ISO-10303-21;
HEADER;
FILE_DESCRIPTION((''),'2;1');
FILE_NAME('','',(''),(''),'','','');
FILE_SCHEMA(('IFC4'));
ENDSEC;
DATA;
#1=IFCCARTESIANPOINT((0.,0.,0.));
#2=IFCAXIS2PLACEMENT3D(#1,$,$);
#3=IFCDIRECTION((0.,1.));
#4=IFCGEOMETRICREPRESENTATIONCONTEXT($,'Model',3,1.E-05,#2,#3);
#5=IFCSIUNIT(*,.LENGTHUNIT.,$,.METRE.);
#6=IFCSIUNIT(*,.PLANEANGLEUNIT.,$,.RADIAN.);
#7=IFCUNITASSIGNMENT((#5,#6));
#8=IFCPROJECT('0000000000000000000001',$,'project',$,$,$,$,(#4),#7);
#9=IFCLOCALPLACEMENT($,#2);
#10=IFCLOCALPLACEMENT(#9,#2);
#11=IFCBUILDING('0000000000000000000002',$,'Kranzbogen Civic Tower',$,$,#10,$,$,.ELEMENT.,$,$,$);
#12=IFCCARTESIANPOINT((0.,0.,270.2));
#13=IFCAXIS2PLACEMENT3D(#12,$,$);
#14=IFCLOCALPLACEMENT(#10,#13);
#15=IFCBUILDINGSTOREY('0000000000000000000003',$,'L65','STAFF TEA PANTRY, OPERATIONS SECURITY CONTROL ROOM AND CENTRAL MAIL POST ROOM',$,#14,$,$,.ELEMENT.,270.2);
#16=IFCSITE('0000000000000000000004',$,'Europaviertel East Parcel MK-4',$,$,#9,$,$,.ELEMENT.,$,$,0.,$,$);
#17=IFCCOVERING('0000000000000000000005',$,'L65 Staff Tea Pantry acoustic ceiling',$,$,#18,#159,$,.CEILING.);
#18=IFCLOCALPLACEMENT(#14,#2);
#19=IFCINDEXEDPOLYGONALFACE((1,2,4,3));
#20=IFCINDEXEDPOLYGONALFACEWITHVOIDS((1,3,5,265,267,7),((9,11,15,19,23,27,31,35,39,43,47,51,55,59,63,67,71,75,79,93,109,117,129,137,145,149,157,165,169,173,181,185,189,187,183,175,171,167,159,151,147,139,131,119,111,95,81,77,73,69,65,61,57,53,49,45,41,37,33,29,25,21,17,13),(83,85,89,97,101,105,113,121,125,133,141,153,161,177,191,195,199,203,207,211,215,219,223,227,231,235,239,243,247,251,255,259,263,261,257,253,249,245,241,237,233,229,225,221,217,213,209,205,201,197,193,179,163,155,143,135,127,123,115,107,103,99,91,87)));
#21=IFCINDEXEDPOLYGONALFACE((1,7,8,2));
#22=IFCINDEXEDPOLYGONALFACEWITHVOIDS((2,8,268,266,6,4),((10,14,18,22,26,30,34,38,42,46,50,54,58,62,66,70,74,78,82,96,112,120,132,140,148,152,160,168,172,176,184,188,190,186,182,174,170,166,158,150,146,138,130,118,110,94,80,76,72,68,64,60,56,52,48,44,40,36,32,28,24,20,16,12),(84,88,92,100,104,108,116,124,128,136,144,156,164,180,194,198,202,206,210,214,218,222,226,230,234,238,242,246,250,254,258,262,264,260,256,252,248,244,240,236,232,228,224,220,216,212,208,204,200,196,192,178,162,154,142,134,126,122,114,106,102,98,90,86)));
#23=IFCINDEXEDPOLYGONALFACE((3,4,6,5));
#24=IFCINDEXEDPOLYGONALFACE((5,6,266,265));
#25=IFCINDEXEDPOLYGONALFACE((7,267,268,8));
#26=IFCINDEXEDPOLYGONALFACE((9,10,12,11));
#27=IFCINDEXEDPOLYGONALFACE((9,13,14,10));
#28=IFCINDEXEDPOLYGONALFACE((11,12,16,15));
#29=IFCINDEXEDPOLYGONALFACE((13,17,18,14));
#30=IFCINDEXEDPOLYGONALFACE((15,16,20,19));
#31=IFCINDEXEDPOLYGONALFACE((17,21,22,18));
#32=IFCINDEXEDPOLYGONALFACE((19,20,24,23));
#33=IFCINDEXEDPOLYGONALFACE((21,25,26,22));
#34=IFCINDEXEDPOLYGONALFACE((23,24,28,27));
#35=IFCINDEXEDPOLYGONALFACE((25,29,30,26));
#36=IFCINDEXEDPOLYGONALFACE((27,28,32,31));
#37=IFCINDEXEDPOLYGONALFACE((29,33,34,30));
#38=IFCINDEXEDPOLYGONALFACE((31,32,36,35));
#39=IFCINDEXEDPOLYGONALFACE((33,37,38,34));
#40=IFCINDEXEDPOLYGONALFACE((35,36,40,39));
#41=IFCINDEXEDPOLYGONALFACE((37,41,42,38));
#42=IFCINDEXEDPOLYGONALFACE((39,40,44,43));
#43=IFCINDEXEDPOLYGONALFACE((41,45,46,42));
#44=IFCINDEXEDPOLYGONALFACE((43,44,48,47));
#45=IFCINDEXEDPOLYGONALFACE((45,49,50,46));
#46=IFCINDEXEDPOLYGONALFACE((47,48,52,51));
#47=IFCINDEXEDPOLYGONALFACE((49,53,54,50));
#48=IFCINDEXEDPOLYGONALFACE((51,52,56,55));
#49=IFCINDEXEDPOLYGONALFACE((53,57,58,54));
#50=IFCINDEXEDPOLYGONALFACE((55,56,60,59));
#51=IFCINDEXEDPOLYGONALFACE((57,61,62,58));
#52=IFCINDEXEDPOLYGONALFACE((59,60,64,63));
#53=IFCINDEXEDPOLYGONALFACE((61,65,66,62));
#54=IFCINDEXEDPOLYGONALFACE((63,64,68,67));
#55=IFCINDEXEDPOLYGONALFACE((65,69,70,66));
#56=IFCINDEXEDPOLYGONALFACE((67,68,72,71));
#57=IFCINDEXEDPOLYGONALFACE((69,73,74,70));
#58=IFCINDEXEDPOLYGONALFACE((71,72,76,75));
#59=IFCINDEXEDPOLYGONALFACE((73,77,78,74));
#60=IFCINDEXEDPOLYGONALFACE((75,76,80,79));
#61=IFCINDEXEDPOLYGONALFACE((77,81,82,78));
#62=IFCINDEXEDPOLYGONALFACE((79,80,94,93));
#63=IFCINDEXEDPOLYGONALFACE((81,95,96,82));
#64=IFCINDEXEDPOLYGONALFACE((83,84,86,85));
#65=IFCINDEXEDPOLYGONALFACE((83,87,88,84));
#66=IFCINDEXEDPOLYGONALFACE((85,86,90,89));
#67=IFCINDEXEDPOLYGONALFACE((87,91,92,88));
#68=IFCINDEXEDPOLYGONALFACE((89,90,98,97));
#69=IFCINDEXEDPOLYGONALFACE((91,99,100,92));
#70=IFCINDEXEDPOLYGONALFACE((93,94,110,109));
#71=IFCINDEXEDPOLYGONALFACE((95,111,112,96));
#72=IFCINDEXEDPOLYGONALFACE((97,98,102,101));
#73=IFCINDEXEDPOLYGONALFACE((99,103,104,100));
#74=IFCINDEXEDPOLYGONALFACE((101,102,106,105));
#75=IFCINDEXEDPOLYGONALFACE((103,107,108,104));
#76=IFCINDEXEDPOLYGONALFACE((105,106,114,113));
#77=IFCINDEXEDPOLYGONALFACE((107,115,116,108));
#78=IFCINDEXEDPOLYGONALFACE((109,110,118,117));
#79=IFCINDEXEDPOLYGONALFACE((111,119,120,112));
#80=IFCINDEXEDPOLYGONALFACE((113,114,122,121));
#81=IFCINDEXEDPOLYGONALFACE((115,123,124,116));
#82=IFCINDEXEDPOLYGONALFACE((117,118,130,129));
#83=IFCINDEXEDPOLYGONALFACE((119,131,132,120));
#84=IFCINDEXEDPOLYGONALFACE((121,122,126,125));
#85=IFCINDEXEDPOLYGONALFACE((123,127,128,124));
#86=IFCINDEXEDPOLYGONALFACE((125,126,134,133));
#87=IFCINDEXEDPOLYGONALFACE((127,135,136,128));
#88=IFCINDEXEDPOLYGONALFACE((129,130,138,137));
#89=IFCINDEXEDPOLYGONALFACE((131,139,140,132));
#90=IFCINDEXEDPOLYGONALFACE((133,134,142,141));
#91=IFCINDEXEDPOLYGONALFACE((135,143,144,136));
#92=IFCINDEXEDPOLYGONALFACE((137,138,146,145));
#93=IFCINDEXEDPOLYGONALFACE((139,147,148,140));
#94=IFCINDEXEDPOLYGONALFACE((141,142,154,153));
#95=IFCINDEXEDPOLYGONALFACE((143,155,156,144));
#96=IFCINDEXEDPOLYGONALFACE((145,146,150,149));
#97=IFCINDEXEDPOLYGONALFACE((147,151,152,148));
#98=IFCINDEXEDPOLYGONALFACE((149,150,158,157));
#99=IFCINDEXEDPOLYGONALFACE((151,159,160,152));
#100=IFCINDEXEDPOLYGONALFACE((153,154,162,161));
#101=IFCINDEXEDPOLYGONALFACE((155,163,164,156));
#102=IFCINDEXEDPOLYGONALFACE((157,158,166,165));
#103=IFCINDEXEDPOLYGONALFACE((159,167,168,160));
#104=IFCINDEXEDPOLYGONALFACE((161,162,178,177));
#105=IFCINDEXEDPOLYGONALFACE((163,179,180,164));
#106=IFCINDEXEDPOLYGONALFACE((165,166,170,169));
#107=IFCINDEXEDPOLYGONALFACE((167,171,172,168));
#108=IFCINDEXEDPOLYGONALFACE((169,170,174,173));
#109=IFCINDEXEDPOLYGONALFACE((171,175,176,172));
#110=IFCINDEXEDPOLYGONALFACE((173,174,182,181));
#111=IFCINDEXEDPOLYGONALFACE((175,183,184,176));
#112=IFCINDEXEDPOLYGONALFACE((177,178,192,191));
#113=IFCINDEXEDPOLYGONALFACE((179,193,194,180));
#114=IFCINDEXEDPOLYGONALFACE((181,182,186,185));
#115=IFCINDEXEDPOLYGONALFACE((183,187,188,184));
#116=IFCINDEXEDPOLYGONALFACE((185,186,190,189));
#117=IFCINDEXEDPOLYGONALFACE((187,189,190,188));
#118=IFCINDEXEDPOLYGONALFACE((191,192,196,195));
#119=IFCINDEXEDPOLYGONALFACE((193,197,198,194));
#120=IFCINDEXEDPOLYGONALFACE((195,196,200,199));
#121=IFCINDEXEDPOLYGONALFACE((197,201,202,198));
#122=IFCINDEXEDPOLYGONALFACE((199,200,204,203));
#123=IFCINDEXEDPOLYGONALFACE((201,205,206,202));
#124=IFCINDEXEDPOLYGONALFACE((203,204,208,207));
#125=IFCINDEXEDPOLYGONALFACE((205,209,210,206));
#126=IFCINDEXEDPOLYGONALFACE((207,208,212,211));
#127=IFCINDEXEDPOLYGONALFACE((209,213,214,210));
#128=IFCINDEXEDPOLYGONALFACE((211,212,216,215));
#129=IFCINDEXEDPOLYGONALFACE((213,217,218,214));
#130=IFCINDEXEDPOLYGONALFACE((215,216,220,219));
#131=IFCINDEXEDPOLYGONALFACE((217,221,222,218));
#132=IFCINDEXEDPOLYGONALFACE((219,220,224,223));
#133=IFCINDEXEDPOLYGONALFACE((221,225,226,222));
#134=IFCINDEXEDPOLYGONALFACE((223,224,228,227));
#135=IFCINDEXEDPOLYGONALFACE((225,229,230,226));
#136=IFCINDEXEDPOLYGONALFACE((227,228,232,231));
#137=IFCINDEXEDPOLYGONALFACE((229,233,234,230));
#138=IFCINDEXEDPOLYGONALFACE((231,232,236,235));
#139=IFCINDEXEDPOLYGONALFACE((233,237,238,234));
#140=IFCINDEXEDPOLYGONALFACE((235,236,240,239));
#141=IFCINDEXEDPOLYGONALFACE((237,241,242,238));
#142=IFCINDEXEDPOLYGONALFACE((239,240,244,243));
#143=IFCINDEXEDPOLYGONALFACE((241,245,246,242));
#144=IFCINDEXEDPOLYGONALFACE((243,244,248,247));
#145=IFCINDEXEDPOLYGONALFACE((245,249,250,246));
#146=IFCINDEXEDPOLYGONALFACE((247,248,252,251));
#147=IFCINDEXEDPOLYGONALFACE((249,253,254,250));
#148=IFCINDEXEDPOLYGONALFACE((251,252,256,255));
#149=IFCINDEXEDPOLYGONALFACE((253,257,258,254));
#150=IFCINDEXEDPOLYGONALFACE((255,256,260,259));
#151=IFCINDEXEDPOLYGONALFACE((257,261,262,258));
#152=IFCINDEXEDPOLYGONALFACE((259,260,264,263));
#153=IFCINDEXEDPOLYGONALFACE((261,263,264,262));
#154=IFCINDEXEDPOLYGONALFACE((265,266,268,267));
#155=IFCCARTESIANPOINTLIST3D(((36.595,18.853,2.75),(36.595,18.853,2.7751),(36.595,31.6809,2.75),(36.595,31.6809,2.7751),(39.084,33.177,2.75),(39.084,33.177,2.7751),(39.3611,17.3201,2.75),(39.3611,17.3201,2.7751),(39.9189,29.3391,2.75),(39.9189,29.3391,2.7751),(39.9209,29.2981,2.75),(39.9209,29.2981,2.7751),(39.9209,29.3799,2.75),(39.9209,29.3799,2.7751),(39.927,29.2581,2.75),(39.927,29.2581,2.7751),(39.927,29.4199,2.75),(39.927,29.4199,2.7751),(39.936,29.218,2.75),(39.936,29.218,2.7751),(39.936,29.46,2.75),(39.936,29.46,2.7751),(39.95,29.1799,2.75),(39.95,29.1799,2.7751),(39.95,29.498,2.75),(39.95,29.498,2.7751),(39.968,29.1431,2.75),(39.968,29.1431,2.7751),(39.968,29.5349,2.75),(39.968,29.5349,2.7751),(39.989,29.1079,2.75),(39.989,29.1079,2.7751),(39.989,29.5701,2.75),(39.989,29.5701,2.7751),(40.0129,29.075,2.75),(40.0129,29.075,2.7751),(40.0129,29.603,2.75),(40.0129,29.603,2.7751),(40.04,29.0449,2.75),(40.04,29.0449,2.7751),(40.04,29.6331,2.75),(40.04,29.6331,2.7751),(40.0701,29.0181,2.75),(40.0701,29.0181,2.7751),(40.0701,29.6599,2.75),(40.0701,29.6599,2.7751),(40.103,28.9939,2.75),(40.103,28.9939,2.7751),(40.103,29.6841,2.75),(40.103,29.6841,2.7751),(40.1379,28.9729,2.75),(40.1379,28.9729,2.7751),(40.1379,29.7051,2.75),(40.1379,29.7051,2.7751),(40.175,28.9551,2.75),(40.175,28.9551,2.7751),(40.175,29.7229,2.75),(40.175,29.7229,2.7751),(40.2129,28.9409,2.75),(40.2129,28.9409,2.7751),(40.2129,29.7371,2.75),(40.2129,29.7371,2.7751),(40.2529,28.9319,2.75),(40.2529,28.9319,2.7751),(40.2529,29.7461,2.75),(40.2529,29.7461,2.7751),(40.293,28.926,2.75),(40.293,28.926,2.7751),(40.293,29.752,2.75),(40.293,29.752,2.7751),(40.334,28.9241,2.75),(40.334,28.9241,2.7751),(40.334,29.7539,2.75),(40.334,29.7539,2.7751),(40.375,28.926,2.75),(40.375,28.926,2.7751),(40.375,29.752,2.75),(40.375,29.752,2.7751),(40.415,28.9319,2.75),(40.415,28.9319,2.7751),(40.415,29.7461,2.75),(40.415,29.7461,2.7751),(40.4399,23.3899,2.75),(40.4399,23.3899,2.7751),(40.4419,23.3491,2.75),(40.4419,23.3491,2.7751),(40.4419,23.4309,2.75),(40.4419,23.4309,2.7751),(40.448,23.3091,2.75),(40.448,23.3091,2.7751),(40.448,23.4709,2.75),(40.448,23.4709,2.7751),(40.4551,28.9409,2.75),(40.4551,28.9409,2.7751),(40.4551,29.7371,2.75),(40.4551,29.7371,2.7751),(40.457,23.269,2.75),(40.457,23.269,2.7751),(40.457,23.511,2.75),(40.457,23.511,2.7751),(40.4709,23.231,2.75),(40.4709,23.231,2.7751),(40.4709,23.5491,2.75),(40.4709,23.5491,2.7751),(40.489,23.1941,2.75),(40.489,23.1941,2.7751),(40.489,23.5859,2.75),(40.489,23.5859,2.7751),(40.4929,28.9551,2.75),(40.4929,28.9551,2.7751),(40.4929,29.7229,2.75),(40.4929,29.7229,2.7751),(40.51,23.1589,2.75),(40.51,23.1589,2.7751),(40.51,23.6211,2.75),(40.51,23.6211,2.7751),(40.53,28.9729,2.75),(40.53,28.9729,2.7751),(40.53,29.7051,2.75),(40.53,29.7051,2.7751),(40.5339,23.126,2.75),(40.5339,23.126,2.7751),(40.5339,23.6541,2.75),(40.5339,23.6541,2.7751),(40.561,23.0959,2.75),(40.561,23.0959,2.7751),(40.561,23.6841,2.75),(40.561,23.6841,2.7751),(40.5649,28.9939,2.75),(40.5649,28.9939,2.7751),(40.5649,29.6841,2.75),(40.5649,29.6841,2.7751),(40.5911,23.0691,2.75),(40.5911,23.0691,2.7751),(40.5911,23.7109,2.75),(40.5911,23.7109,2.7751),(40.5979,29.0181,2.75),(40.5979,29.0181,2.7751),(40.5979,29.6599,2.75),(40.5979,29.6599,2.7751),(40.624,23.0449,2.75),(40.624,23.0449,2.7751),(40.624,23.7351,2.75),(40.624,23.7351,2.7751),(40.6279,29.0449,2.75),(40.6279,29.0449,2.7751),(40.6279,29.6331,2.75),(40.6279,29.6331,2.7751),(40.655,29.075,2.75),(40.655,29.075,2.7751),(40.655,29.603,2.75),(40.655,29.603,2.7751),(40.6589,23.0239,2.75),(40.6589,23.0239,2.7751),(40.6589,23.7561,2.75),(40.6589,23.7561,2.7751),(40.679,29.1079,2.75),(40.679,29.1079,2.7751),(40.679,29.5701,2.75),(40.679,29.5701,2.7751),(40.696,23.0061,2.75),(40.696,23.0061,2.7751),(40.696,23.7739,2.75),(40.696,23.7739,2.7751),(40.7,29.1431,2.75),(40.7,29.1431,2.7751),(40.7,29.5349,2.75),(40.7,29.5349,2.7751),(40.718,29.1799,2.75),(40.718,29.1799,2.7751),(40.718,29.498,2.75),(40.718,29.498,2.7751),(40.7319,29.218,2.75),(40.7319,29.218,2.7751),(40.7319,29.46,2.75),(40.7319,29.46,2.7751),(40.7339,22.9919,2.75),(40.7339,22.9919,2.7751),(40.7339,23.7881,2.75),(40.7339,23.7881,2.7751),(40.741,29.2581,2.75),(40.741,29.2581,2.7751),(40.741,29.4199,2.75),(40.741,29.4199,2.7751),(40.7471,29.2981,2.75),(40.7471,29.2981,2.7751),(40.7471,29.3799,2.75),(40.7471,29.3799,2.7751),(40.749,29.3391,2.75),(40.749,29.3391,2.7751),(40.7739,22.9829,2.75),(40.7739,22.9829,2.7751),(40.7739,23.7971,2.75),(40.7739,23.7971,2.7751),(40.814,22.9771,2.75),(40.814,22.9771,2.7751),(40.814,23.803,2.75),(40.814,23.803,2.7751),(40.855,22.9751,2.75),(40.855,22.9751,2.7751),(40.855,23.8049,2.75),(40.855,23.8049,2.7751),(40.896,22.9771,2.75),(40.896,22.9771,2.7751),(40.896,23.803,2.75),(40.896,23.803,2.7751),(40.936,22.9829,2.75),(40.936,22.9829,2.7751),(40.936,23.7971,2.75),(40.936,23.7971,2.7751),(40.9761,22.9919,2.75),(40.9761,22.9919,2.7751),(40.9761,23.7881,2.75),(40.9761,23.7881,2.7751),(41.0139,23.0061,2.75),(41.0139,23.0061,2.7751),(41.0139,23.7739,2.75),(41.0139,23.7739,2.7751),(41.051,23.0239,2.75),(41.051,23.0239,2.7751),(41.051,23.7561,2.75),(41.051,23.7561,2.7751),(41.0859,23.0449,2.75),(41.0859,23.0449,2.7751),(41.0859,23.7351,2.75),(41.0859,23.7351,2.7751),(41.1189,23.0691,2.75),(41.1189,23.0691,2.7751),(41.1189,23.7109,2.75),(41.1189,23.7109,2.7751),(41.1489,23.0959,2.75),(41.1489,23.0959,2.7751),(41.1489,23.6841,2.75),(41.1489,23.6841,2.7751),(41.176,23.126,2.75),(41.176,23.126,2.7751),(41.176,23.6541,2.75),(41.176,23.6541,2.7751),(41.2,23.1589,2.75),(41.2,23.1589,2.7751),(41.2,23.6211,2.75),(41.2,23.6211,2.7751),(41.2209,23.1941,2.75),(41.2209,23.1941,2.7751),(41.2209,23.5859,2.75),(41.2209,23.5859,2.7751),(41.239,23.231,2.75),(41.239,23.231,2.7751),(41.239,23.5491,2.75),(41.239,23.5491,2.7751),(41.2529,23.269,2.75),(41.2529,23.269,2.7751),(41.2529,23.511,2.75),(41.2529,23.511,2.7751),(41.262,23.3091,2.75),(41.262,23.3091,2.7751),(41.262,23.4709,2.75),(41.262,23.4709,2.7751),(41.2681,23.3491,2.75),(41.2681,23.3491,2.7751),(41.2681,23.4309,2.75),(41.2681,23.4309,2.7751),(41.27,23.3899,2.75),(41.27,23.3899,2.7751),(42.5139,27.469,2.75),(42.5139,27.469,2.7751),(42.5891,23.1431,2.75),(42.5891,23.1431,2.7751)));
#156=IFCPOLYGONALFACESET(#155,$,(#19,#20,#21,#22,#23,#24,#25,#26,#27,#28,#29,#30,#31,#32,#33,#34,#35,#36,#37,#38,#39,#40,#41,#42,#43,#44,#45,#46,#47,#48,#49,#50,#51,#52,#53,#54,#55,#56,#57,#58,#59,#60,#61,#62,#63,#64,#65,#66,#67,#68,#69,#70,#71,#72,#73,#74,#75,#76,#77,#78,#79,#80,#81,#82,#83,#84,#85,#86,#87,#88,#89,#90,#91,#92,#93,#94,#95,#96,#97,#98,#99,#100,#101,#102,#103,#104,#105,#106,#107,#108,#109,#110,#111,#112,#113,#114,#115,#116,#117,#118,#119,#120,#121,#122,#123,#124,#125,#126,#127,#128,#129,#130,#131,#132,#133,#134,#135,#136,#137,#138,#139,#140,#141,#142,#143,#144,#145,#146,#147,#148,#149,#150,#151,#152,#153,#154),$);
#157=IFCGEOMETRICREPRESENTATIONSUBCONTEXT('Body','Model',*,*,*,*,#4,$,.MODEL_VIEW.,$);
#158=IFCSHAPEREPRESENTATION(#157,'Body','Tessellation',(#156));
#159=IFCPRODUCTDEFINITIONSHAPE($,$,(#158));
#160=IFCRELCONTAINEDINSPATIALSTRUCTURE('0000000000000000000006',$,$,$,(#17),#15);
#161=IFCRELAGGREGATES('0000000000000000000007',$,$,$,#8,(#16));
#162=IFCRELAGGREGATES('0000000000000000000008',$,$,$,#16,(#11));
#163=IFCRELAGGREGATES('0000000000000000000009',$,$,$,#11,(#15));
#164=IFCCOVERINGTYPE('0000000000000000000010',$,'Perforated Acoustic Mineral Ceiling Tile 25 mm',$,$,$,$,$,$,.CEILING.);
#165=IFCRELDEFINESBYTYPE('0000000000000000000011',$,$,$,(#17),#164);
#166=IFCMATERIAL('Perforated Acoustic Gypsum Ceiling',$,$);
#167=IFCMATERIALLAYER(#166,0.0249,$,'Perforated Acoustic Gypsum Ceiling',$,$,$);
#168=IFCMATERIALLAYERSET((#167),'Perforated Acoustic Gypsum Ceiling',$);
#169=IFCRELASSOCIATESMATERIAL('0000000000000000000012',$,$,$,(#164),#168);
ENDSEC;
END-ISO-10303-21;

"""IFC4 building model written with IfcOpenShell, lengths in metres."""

from ifc_helpers import new_model, si_unit, direction, frame, origin, place, context, subcontext, project, spatial, polyline, outline, extrude, material, layer, layer_set, type_object, element, save


model = new_model("IFC4")

# Units and contexts
model_context = context("Model", 3, precision=1e-05, world=origin(), true_north=direction((0.0, 1.0)))
body_context = subcontext(model_context, "Body", "Model", "MODEL_VIEW")
ifc_project = project(units=[si_unit("LENGTHUNIT", "METRE"), si_unit("PLANEANGLEUNIT", "RADIAN")], contexts=[model_context])

# Site, building, storey
site_placement = place(None, origin())
site = spatial("IfcSite", under=ifc_project, at=site_placement, Name="Europaviertel East Parcel MK-4", CompositionType="ELEMENT", RefElevation=0.0)
building_placement = place(site_placement, origin())
building = spatial("IfcBuilding", under=site, at=building_placement, Name="Kranzbogen Civic Tower", CompositionType="ELEMENT")
storey_placement = place(building_placement, frame((0.0, 0.0, 270.2)))
storey = spatial("IfcBuildingStorey", under=building, at=storey_placement, Name="L65", Description="STAFF TEA PANTRY, OPERATIONS SECURITY CONTROL ROOM AND CENTRAL MAIL POST ROOM", CompositionType="ELEMENT", Elevation=270.2)

# Covering
ifc_material_1 = material(Name="Perforated Acoustic Gypsum Ceiling")
ifc_layer_1 = layer(ifc_material_1, 0.0249, Name="Perforated Acoustic Gypsum Ceiling")
ifc_layer_set_1 = layer_set([ifc_layer_1], Name="Perforated Acoustic Gypsum Ceiling")
covering_type_1 = type_object("IfcCoveringType", Name="Perforated Acoustic Mineral Ceiling Tile 25 mm", PredefinedType="CEILING", material=ifc_layer_set_1)
covering_1_placement = place(storey_placement, frame((0.0, 0.0, 2.75)))
element("IfcCovering", 1, at=covering_1_placement, inside=storey, type_object=covering_type_1, Name="L65 Staff Tea Pantry acoustic ceiling", PredefinedType="CEILING", context=body_context, shape_type="SweptSolid", body=[
    extrude(outline(polyline([(42.5891, 23.1431), (39.3611, 17.3201), (36.595, 18.853), (36.595, 31.6809), (39.084, 33.177), (42.5139, 27.469), (42.5891, 23.1431)]), holes=[polyline([(41.239, 23.231), (41.2209, 23.1941), (41.2, 23.1589), (41.176, 23.126), (41.1489, 23.0959), (41.1189, 23.0691), (41.0859, 23.0449), (41.051, 23.0239), (41.0139, 23.0061), (40.9761, 22.9919), (40.936, 22.9829), (40.896, 22.9771), (40.855, 22.9751), (40.814, 22.9771), (40.7739, 22.9829), (40.7339, 22.9919), (40.696, 23.0061), (40.6589, 23.0239), (40.624, 23.0449), (40.5911, 23.0691), (40.561, 23.0959), (40.5339, 23.126), (40.51, 23.1589), (40.489, 23.1941), (40.4709, 23.231), (40.457, 23.269), (40.448, 23.3091), (40.4419, 23.3491), (40.4399, 23.3899), (40.4419, 23.4309), (40.448, 23.4709), (40.457, 23.511), (40.4709, 23.5491), (40.489, 23.5859), (40.51, 23.6211), (40.5339, 23.6541), (40.561, 23.6841), (40.5911, 23.7109), (40.624, 23.7351), (40.6589, 23.7561), (40.696, 23.7739), (40.7339, 23.7881), (40.7739, 23.7971), (40.814, 23.803), (40.855, 23.8049), (40.896, 23.803), (40.936, 23.7971), (40.9761, 23.7881), (41.0139, 23.7739), (41.051, 23.7561), (41.0859, 23.7351), (41.1189, 23.7109), (41.1489, 23.6841), (41.176, 23.6541), (41.2, 23.6211), (41.2209, 23.5859), (41.239, 23.5491), (41.2529, 23.511), (41.262, 23.4709), (41.2681, 23.4309), (41.27, 23.3899), (41.2681, 23.3491), (41.262, 23.3091), (41.2529, 23.269), (41.239, 23.231)]), polyline([(40.718, 29.1799), (40.7, 29.1431), (40.679, 29.1079), (40.655, 29.075), (40.6279, 29.0449), (40.5979, 29.0181), (40.5649, 28.9939), (40.53, 28.9729), (40.4929, 28.9551), (40.4551, 28.9409), (40.415, 28.9319), (40.375, 28.926), (40.334, 28.9241), (40.293, 28.926), (40.2529, 28.9319), (40.2129, 28.9409), (40.175, 28.9551), (40.1379, 28.9729), (40.103, 28.9939), (40.0701, 29.0181), (40.04, 29.0449), (40.0129, 29.075), (39.989, 29.1079), (39.968, 29.1431), (39.95, 29.1799), (39.936, 29.218), (39.927, 29.2581), (39.9209, 29.2981), (39.9189, 29.3391), (39.9209, 29.3799), (39.927, 29.4199), (39.936, 29.46), (39.95, 29.498), (39.968, 29.5349), (39.989, 29.5701), (40.0129, 29.603), (40.04, 29.6331), (40.0701, 29.6599), (40.103, 29.6841), (40.1379, 29.7051), (40.175, 29.7229), (40.2129, 29.7371), (40.2529, 29.7461), (40.293, 29.752), (40.334, 29.7539), (40.375, 29.752), (40.415, 29.7461), (40.4551, 29.7371), (40.4929, 29.7229), (40.53, 29.7051), (40.5649, 29.6841), (40.5979, 29.6599), (40.6279, 29.6331), (40.655, 29.603), (40.679, 29.5701), (40.7, 29.5349), (40.718, 29.498), (40.7319, 29.46), (40.741, 29.4199), (40.7471, 29.3799), (40.749, 29.3391), (40.7471, 29.2981), (40.741, 29.2581), (40.7319, 29.218), (40.718, 29.1799)])]), origin(), (0.0, 0.0, 1.0), 0.0251),
])

save(model, "model.ifc")
